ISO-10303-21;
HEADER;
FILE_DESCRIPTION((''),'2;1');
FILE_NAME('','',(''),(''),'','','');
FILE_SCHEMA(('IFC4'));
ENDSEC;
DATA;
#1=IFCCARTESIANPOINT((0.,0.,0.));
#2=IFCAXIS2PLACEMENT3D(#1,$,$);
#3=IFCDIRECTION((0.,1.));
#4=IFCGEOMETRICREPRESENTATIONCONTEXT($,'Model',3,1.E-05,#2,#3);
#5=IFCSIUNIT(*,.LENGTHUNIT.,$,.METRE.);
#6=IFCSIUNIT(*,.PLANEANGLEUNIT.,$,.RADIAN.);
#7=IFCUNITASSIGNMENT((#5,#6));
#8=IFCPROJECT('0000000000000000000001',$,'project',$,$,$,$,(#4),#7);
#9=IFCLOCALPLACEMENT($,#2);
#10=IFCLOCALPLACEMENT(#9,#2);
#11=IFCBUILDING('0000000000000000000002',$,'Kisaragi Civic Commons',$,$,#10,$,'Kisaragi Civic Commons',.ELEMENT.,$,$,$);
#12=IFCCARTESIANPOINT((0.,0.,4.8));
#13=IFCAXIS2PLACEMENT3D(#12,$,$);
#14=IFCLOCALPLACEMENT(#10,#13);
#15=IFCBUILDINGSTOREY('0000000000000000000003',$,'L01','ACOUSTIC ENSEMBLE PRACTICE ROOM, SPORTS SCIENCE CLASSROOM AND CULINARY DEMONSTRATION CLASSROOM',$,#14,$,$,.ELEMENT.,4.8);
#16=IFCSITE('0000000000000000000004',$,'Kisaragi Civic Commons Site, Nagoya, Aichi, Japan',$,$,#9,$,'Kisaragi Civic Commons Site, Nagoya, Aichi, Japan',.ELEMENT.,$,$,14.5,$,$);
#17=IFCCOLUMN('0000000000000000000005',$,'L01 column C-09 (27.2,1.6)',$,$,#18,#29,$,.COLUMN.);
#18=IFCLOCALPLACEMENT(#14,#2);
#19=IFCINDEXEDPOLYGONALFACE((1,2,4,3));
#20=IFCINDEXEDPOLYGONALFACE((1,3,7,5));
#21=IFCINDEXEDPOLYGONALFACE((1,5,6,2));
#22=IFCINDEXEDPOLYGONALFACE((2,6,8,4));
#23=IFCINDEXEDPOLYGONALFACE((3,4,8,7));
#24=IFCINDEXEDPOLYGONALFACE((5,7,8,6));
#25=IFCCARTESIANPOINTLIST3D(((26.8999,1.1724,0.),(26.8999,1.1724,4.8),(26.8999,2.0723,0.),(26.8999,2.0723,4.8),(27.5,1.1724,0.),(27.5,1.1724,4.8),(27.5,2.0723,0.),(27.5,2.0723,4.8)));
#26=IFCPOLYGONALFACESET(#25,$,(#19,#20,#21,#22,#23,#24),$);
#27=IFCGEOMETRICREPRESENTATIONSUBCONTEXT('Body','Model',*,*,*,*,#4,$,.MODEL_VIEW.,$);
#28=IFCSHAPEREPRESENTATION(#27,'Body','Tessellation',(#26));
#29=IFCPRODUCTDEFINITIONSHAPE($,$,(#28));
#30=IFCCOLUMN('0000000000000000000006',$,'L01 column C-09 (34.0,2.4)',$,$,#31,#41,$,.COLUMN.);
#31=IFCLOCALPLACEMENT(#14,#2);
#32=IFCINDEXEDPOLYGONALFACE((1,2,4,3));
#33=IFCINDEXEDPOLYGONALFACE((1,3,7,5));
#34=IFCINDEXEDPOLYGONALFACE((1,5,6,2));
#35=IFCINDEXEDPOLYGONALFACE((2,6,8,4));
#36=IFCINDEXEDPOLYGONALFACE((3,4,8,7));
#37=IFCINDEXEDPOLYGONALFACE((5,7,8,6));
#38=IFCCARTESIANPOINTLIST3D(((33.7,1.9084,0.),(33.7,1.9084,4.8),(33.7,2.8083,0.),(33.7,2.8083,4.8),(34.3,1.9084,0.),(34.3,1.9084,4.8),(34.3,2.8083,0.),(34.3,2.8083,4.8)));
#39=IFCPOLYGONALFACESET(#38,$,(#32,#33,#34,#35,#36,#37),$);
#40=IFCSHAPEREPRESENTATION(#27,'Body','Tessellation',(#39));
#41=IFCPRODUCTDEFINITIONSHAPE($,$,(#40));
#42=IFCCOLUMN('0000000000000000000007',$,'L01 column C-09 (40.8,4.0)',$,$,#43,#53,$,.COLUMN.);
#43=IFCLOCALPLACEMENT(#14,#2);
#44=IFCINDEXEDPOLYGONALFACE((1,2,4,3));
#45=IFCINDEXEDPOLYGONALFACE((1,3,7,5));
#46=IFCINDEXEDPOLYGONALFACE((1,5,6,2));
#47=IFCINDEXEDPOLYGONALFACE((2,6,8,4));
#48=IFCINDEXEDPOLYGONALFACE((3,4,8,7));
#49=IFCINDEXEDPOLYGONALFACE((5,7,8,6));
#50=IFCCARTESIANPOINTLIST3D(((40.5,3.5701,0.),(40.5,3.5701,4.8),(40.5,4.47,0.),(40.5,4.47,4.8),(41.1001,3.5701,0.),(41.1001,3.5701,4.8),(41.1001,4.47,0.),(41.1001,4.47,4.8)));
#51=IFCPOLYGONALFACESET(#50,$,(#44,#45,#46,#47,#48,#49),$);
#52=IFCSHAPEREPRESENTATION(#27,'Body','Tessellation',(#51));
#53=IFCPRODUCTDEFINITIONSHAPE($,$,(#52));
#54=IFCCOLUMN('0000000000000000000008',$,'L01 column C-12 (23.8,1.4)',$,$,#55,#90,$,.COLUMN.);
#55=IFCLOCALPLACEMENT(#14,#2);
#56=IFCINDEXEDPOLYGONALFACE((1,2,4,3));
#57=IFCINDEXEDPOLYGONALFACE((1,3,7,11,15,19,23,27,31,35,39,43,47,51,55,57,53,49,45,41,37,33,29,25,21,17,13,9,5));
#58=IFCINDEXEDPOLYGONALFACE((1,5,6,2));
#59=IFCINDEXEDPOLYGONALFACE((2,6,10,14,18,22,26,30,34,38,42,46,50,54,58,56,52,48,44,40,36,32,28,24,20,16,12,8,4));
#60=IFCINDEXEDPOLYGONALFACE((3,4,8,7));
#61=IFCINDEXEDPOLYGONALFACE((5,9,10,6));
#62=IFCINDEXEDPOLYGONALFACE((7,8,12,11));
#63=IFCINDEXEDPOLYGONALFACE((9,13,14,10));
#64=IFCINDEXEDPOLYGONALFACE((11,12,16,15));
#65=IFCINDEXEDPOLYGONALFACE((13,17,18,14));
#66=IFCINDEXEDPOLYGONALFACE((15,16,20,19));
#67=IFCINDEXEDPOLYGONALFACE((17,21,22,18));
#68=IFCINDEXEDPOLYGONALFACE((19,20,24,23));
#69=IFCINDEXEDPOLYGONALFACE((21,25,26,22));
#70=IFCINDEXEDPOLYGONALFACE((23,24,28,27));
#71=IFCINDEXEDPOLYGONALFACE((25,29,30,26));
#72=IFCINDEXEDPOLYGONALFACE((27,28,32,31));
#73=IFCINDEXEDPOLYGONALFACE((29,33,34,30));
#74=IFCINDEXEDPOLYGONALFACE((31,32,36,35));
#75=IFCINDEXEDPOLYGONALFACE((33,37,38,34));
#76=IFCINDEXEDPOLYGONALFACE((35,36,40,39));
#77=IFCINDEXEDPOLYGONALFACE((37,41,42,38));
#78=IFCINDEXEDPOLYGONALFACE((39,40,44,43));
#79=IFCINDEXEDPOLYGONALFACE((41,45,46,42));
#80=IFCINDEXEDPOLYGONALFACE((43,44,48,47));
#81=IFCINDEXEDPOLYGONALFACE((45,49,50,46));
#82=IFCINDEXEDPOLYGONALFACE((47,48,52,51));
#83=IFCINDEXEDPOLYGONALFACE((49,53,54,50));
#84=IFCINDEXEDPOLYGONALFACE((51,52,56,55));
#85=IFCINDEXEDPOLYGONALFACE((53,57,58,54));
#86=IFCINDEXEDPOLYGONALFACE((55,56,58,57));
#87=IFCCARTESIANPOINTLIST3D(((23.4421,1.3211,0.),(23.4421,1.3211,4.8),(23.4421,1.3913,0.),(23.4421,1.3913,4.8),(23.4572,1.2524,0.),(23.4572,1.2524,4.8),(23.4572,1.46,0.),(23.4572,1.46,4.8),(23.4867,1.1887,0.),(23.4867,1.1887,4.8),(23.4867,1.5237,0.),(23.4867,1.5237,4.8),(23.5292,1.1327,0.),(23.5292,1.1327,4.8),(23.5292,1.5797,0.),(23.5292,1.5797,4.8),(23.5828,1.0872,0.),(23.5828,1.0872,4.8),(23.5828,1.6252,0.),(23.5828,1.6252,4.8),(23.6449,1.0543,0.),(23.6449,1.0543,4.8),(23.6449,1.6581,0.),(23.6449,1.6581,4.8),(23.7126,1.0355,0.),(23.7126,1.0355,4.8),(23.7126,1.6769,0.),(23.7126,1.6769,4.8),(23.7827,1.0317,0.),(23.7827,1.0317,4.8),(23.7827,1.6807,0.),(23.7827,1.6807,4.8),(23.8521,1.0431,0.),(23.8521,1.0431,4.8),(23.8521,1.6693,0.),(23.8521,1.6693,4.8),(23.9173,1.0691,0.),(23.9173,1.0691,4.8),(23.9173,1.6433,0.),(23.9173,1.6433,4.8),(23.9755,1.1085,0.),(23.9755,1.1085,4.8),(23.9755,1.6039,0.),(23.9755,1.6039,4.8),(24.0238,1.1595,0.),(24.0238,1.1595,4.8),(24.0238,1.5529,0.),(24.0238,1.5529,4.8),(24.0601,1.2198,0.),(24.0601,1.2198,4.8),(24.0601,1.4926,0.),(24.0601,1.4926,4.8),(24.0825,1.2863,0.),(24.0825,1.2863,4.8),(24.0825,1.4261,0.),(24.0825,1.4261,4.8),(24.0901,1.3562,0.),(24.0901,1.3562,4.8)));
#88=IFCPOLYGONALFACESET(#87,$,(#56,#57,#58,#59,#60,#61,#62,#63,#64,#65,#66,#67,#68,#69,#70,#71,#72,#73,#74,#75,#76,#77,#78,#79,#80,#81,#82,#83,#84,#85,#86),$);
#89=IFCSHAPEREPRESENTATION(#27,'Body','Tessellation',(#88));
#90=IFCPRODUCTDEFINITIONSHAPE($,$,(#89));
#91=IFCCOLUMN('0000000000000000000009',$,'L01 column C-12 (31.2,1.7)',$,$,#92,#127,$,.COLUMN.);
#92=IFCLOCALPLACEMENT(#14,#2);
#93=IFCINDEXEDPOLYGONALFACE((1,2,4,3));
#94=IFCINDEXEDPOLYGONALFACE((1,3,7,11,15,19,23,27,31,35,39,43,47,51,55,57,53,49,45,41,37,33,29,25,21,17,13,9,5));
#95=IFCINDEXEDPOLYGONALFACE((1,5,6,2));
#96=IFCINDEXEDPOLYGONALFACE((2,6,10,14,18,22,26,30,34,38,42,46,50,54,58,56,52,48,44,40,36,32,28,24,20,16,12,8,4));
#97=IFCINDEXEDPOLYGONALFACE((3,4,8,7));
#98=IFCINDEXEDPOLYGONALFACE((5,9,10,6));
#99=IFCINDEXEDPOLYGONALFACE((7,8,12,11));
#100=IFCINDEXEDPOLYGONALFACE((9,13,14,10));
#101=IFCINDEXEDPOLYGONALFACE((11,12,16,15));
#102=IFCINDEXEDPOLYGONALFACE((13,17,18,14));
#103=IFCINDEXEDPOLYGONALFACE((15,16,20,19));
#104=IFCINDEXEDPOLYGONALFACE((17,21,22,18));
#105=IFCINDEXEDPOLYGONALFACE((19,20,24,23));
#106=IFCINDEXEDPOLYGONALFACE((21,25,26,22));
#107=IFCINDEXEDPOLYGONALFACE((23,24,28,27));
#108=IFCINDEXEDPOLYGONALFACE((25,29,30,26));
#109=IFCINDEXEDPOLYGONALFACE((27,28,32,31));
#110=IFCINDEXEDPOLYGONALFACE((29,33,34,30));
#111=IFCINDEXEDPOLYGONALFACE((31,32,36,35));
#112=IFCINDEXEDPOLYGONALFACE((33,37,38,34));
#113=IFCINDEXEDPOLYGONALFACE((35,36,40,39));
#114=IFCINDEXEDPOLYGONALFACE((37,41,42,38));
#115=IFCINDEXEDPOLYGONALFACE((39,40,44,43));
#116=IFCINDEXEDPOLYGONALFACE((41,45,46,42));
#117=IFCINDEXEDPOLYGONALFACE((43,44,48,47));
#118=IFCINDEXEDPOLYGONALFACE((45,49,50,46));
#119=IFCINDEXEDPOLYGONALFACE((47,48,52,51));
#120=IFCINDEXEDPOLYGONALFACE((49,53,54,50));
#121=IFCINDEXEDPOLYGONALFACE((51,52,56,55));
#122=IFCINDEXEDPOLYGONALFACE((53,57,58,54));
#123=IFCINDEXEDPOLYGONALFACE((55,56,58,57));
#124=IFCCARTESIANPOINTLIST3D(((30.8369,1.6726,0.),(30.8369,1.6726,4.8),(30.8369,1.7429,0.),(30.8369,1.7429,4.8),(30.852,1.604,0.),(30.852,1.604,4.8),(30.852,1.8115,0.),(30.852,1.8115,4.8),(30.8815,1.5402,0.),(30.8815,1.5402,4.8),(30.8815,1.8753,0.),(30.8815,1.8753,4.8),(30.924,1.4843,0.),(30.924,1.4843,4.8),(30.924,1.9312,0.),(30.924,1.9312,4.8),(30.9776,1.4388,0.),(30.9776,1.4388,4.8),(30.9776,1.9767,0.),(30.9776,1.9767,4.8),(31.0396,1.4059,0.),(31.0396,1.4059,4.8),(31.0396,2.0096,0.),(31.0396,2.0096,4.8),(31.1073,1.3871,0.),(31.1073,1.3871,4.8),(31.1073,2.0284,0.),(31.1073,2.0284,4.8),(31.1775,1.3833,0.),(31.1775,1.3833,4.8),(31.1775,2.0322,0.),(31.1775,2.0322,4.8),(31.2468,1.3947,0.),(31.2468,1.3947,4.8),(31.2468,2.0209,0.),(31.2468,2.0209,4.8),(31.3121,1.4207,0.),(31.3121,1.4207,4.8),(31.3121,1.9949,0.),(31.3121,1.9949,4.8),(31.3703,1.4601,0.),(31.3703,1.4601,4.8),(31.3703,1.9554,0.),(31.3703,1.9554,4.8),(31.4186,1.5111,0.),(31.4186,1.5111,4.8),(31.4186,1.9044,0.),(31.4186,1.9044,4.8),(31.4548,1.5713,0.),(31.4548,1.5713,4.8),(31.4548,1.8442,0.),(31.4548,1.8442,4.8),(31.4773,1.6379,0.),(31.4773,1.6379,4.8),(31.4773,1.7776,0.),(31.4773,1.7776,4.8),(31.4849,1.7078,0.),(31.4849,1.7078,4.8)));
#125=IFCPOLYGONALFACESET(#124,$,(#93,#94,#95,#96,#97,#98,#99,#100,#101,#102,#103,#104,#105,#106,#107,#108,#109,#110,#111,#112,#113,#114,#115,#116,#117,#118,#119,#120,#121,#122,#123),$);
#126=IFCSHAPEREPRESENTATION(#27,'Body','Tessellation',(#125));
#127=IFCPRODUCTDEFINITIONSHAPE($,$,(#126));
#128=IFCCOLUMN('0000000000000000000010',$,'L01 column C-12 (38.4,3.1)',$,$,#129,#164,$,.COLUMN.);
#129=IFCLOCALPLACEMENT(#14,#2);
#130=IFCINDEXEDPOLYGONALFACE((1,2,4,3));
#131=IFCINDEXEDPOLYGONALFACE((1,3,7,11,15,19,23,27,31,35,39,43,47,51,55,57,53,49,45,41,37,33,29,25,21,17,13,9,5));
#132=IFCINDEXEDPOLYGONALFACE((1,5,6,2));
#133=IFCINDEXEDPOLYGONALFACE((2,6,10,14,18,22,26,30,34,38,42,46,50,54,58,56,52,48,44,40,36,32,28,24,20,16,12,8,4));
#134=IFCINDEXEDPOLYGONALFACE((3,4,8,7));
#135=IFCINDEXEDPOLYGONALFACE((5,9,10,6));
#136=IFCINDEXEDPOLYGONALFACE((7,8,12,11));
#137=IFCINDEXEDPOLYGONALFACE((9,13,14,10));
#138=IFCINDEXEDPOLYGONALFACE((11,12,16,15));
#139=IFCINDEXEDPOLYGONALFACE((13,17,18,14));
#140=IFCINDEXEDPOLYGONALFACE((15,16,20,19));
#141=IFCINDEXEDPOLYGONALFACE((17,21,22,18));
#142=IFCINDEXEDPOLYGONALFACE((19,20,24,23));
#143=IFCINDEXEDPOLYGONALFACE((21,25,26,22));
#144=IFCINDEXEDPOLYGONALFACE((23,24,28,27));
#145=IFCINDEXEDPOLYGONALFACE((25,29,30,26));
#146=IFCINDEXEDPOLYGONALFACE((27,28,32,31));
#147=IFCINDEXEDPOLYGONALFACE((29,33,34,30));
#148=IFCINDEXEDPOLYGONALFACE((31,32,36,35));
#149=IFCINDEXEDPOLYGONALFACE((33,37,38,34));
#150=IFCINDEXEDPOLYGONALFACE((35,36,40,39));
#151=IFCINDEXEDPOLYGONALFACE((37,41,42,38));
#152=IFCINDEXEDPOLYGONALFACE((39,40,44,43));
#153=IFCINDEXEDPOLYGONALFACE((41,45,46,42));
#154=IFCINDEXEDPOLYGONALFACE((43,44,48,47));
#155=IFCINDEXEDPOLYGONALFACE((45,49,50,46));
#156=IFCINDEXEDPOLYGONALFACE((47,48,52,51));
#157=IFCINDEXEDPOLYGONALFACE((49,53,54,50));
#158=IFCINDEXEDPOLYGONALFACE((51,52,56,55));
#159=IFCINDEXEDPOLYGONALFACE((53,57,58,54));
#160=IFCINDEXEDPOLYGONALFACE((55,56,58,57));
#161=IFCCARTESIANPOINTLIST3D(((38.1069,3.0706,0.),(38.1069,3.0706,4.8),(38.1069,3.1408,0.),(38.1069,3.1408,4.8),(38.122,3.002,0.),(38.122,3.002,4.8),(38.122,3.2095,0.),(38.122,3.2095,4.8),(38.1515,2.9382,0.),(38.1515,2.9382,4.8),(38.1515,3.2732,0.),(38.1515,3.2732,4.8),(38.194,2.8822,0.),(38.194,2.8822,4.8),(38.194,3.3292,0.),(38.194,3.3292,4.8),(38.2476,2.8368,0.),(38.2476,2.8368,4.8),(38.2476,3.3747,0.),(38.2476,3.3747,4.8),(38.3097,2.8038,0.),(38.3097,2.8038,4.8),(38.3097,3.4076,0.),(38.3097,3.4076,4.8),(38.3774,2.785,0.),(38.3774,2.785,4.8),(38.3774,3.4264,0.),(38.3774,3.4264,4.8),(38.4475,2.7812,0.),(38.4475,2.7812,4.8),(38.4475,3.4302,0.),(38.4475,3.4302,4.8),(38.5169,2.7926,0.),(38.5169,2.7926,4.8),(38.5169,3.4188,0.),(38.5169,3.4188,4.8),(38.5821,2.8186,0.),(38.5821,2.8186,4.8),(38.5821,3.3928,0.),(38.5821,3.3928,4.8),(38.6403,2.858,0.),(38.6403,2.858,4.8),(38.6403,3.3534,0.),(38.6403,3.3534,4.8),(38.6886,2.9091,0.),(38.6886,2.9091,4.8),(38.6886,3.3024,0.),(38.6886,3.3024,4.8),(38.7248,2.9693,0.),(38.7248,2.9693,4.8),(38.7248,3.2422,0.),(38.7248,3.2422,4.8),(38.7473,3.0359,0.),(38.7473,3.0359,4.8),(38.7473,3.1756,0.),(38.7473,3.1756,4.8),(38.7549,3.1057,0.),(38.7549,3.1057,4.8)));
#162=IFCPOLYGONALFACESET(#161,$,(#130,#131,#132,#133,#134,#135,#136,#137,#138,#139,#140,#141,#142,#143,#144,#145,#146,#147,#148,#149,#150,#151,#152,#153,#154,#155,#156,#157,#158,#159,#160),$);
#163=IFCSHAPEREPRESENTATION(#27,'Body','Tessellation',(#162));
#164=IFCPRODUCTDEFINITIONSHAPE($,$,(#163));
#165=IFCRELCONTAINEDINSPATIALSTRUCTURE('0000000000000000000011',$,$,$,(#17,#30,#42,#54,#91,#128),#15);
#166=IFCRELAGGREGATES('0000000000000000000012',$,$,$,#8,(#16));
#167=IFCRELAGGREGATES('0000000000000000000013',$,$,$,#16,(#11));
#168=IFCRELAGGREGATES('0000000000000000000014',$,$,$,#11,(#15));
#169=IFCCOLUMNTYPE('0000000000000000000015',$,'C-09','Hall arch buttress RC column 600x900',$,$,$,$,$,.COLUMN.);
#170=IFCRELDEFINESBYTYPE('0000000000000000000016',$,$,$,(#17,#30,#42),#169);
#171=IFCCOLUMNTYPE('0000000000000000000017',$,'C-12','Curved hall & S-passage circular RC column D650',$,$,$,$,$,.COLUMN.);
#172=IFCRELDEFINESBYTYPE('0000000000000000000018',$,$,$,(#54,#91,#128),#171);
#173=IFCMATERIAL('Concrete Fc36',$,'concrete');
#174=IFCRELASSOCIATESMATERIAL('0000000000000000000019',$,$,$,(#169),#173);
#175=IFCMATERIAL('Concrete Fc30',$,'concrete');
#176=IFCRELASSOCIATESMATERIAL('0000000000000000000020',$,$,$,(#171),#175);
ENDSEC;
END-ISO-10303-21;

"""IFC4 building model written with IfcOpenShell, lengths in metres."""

from ifc_helpers import new_model, si_unit, direction, frame, origin, origin_2d, place, context, subcontext, project, spatial, rectangle, circle, extrude, material, material_profile, profile_set, type_object, element, save


model = new_model("IFC4")

# Units and contexts
model_context = context("Model", 3, precision=1e-05, world=origin(), true_north=direction((0.0, 1.0)))
body_context = subcontext(model_context, "Body", "Model", "MODEL_VIEW")
ifc_project = project(units=[si_unit("LENGTHUNIT", "METRE"), si_unit("PLANEANGLEUNIT", "RADIAN")], contexts=[model_context])

# Site, building, storey
site_placement = place(None, origin())
site = spatial("IfcSite", under=ifc_project, at=site_placement, Name="Kisaragi Civic Commons Site, Nagoya, Aichi, Japan", LongName="Kisaragi Civic Commons Site, Nagoya, Aichi, Japan", CompositionType="ELEMENT", RefElevation=14.5)
building_placement = place(site_placement, origin())
building = spatial("IfcBuilding", under=site, at=building_placement, Name="Kisaragi Civic Commons", LongName="Kisaragi Civic Commons", CompositionType="ELEMENT")
storey_placement = place(building_placement, frame((0.0, 0.0, 4.8)))
storey = spatial("IfcBuildingStorey", under=building, at=storey_placement, Name="L01", Description="ACOUSTIC ENSEMBLE PRACTICE ROOM, SPORTS SCIENCE CLASSROOM AND CULINARY DEMONSTRATION CLASSROOM", CompositionType="ELEMENT", Elevation=4.8)

# Columns
ifc_material_1 = material(Name="Concrete Fc36", Category="concrete")
ifc_material_profile_1 = material_profile(ifc_material_1, rectangle(XDim=0.6001, YDim=0.8999, at=origin_2d()), Name="RC-600x900", Category="concrete")
ifc_profile_set_1 = profile_set([ifc_material_profile_1], Name="Concrete Fc36")
column_type_1 = type_object("IfcColumnType", Name="C-09", Description="Hall arch buttress RC column 600x900", PredefinedType="COLUMN", material=ifc_profile_set_1)
for number, where, z_axis, x_axis, name in (
    (1, (27.2, 1.6223, 0.0), (0.0, 0.0, 1.0), (1.0, 0.0, 0.0), "L01 column C-09 (27.2,1.6)"),
    (2, (34.0, 2.3584, 0.0), (0.0, 0.0, 1.0), (1.0, 0.0, 0.0), "L01 column C-09 (34.0,2.4)"),
    (3, (40.8, 4.02, 0.0), (0.0, 0.0, 1.0), (1.0, 0.0, 0.0), "L01 column C-09 (40.8,4.0)"),
):
    element("IfcColumn", number, at=place(storey_placement, frame(where, z_axis=z_axis, x_axis=x_axis)), inside=storey, type_object=column_type_1, Name=name, PredefinedType="COLUMN", context=body_context, shape_type="SweptSolid", body=[
        extrude(rectangle(XDim=0.6001, YDim=0.8999, at=origin_2d()), origin(), (0.0, 0.0, 1.0), 4.8),
    ])
ifc_material_2 = material(Name="Concrete Fc30", Category="concrete")
ifc_material_profile_2 = material_profile(ifc_material_2, circle(Radius=0.325, at=origin_2d()), Name="RC-D650", Category="concrete")
ifc_profile_set_2 = profile_set([ifc_material_profile_2], Name="Concrete Fc30")
column_type_2 = type_object("IfcColumnType", Name="C-12", Description="Curved hall & S-passage circular RC column D650", PredefinedType="COLUMN", material=ifc_profile_set_2)
for number, where, z_axis, x_axis, name in (
    (4, (23.7651, 1.3562, 0.0), (0.0, 0.0, 1.0), (1.0, 0.0, 0.0), "L01 column C-12 (23.8,1.4)"),
    (5, (31.1599, 1.7078, 0.0), (0.0, 0.0, 1.0), (1.0, 0.0, 0.0), "L01 column C-12 (31.2,1.7)"),
    (6, (38.4299, 3.1057, 0.0), (0.0, 0.0, 1.0), (1.0, 0.0, 0.0), "L01 column C-12 (38.4,3.1)"),
):
    element("IfcColumn", number, at=place(storey_placement, frame(where, z_axis=z_axis, x_axis=x_axis)), inside=storey, type_object=column_type_2, Name=name, PredefinedType="COLUMN", context=body_context, shape_type="SweptSolid", body=[
        extrude(circle(Radius=0.325, at=origin_2d()), origin(), (0.0, 0.0, 1.0), 4.8),
    ])

save(model, "model.ifc")
